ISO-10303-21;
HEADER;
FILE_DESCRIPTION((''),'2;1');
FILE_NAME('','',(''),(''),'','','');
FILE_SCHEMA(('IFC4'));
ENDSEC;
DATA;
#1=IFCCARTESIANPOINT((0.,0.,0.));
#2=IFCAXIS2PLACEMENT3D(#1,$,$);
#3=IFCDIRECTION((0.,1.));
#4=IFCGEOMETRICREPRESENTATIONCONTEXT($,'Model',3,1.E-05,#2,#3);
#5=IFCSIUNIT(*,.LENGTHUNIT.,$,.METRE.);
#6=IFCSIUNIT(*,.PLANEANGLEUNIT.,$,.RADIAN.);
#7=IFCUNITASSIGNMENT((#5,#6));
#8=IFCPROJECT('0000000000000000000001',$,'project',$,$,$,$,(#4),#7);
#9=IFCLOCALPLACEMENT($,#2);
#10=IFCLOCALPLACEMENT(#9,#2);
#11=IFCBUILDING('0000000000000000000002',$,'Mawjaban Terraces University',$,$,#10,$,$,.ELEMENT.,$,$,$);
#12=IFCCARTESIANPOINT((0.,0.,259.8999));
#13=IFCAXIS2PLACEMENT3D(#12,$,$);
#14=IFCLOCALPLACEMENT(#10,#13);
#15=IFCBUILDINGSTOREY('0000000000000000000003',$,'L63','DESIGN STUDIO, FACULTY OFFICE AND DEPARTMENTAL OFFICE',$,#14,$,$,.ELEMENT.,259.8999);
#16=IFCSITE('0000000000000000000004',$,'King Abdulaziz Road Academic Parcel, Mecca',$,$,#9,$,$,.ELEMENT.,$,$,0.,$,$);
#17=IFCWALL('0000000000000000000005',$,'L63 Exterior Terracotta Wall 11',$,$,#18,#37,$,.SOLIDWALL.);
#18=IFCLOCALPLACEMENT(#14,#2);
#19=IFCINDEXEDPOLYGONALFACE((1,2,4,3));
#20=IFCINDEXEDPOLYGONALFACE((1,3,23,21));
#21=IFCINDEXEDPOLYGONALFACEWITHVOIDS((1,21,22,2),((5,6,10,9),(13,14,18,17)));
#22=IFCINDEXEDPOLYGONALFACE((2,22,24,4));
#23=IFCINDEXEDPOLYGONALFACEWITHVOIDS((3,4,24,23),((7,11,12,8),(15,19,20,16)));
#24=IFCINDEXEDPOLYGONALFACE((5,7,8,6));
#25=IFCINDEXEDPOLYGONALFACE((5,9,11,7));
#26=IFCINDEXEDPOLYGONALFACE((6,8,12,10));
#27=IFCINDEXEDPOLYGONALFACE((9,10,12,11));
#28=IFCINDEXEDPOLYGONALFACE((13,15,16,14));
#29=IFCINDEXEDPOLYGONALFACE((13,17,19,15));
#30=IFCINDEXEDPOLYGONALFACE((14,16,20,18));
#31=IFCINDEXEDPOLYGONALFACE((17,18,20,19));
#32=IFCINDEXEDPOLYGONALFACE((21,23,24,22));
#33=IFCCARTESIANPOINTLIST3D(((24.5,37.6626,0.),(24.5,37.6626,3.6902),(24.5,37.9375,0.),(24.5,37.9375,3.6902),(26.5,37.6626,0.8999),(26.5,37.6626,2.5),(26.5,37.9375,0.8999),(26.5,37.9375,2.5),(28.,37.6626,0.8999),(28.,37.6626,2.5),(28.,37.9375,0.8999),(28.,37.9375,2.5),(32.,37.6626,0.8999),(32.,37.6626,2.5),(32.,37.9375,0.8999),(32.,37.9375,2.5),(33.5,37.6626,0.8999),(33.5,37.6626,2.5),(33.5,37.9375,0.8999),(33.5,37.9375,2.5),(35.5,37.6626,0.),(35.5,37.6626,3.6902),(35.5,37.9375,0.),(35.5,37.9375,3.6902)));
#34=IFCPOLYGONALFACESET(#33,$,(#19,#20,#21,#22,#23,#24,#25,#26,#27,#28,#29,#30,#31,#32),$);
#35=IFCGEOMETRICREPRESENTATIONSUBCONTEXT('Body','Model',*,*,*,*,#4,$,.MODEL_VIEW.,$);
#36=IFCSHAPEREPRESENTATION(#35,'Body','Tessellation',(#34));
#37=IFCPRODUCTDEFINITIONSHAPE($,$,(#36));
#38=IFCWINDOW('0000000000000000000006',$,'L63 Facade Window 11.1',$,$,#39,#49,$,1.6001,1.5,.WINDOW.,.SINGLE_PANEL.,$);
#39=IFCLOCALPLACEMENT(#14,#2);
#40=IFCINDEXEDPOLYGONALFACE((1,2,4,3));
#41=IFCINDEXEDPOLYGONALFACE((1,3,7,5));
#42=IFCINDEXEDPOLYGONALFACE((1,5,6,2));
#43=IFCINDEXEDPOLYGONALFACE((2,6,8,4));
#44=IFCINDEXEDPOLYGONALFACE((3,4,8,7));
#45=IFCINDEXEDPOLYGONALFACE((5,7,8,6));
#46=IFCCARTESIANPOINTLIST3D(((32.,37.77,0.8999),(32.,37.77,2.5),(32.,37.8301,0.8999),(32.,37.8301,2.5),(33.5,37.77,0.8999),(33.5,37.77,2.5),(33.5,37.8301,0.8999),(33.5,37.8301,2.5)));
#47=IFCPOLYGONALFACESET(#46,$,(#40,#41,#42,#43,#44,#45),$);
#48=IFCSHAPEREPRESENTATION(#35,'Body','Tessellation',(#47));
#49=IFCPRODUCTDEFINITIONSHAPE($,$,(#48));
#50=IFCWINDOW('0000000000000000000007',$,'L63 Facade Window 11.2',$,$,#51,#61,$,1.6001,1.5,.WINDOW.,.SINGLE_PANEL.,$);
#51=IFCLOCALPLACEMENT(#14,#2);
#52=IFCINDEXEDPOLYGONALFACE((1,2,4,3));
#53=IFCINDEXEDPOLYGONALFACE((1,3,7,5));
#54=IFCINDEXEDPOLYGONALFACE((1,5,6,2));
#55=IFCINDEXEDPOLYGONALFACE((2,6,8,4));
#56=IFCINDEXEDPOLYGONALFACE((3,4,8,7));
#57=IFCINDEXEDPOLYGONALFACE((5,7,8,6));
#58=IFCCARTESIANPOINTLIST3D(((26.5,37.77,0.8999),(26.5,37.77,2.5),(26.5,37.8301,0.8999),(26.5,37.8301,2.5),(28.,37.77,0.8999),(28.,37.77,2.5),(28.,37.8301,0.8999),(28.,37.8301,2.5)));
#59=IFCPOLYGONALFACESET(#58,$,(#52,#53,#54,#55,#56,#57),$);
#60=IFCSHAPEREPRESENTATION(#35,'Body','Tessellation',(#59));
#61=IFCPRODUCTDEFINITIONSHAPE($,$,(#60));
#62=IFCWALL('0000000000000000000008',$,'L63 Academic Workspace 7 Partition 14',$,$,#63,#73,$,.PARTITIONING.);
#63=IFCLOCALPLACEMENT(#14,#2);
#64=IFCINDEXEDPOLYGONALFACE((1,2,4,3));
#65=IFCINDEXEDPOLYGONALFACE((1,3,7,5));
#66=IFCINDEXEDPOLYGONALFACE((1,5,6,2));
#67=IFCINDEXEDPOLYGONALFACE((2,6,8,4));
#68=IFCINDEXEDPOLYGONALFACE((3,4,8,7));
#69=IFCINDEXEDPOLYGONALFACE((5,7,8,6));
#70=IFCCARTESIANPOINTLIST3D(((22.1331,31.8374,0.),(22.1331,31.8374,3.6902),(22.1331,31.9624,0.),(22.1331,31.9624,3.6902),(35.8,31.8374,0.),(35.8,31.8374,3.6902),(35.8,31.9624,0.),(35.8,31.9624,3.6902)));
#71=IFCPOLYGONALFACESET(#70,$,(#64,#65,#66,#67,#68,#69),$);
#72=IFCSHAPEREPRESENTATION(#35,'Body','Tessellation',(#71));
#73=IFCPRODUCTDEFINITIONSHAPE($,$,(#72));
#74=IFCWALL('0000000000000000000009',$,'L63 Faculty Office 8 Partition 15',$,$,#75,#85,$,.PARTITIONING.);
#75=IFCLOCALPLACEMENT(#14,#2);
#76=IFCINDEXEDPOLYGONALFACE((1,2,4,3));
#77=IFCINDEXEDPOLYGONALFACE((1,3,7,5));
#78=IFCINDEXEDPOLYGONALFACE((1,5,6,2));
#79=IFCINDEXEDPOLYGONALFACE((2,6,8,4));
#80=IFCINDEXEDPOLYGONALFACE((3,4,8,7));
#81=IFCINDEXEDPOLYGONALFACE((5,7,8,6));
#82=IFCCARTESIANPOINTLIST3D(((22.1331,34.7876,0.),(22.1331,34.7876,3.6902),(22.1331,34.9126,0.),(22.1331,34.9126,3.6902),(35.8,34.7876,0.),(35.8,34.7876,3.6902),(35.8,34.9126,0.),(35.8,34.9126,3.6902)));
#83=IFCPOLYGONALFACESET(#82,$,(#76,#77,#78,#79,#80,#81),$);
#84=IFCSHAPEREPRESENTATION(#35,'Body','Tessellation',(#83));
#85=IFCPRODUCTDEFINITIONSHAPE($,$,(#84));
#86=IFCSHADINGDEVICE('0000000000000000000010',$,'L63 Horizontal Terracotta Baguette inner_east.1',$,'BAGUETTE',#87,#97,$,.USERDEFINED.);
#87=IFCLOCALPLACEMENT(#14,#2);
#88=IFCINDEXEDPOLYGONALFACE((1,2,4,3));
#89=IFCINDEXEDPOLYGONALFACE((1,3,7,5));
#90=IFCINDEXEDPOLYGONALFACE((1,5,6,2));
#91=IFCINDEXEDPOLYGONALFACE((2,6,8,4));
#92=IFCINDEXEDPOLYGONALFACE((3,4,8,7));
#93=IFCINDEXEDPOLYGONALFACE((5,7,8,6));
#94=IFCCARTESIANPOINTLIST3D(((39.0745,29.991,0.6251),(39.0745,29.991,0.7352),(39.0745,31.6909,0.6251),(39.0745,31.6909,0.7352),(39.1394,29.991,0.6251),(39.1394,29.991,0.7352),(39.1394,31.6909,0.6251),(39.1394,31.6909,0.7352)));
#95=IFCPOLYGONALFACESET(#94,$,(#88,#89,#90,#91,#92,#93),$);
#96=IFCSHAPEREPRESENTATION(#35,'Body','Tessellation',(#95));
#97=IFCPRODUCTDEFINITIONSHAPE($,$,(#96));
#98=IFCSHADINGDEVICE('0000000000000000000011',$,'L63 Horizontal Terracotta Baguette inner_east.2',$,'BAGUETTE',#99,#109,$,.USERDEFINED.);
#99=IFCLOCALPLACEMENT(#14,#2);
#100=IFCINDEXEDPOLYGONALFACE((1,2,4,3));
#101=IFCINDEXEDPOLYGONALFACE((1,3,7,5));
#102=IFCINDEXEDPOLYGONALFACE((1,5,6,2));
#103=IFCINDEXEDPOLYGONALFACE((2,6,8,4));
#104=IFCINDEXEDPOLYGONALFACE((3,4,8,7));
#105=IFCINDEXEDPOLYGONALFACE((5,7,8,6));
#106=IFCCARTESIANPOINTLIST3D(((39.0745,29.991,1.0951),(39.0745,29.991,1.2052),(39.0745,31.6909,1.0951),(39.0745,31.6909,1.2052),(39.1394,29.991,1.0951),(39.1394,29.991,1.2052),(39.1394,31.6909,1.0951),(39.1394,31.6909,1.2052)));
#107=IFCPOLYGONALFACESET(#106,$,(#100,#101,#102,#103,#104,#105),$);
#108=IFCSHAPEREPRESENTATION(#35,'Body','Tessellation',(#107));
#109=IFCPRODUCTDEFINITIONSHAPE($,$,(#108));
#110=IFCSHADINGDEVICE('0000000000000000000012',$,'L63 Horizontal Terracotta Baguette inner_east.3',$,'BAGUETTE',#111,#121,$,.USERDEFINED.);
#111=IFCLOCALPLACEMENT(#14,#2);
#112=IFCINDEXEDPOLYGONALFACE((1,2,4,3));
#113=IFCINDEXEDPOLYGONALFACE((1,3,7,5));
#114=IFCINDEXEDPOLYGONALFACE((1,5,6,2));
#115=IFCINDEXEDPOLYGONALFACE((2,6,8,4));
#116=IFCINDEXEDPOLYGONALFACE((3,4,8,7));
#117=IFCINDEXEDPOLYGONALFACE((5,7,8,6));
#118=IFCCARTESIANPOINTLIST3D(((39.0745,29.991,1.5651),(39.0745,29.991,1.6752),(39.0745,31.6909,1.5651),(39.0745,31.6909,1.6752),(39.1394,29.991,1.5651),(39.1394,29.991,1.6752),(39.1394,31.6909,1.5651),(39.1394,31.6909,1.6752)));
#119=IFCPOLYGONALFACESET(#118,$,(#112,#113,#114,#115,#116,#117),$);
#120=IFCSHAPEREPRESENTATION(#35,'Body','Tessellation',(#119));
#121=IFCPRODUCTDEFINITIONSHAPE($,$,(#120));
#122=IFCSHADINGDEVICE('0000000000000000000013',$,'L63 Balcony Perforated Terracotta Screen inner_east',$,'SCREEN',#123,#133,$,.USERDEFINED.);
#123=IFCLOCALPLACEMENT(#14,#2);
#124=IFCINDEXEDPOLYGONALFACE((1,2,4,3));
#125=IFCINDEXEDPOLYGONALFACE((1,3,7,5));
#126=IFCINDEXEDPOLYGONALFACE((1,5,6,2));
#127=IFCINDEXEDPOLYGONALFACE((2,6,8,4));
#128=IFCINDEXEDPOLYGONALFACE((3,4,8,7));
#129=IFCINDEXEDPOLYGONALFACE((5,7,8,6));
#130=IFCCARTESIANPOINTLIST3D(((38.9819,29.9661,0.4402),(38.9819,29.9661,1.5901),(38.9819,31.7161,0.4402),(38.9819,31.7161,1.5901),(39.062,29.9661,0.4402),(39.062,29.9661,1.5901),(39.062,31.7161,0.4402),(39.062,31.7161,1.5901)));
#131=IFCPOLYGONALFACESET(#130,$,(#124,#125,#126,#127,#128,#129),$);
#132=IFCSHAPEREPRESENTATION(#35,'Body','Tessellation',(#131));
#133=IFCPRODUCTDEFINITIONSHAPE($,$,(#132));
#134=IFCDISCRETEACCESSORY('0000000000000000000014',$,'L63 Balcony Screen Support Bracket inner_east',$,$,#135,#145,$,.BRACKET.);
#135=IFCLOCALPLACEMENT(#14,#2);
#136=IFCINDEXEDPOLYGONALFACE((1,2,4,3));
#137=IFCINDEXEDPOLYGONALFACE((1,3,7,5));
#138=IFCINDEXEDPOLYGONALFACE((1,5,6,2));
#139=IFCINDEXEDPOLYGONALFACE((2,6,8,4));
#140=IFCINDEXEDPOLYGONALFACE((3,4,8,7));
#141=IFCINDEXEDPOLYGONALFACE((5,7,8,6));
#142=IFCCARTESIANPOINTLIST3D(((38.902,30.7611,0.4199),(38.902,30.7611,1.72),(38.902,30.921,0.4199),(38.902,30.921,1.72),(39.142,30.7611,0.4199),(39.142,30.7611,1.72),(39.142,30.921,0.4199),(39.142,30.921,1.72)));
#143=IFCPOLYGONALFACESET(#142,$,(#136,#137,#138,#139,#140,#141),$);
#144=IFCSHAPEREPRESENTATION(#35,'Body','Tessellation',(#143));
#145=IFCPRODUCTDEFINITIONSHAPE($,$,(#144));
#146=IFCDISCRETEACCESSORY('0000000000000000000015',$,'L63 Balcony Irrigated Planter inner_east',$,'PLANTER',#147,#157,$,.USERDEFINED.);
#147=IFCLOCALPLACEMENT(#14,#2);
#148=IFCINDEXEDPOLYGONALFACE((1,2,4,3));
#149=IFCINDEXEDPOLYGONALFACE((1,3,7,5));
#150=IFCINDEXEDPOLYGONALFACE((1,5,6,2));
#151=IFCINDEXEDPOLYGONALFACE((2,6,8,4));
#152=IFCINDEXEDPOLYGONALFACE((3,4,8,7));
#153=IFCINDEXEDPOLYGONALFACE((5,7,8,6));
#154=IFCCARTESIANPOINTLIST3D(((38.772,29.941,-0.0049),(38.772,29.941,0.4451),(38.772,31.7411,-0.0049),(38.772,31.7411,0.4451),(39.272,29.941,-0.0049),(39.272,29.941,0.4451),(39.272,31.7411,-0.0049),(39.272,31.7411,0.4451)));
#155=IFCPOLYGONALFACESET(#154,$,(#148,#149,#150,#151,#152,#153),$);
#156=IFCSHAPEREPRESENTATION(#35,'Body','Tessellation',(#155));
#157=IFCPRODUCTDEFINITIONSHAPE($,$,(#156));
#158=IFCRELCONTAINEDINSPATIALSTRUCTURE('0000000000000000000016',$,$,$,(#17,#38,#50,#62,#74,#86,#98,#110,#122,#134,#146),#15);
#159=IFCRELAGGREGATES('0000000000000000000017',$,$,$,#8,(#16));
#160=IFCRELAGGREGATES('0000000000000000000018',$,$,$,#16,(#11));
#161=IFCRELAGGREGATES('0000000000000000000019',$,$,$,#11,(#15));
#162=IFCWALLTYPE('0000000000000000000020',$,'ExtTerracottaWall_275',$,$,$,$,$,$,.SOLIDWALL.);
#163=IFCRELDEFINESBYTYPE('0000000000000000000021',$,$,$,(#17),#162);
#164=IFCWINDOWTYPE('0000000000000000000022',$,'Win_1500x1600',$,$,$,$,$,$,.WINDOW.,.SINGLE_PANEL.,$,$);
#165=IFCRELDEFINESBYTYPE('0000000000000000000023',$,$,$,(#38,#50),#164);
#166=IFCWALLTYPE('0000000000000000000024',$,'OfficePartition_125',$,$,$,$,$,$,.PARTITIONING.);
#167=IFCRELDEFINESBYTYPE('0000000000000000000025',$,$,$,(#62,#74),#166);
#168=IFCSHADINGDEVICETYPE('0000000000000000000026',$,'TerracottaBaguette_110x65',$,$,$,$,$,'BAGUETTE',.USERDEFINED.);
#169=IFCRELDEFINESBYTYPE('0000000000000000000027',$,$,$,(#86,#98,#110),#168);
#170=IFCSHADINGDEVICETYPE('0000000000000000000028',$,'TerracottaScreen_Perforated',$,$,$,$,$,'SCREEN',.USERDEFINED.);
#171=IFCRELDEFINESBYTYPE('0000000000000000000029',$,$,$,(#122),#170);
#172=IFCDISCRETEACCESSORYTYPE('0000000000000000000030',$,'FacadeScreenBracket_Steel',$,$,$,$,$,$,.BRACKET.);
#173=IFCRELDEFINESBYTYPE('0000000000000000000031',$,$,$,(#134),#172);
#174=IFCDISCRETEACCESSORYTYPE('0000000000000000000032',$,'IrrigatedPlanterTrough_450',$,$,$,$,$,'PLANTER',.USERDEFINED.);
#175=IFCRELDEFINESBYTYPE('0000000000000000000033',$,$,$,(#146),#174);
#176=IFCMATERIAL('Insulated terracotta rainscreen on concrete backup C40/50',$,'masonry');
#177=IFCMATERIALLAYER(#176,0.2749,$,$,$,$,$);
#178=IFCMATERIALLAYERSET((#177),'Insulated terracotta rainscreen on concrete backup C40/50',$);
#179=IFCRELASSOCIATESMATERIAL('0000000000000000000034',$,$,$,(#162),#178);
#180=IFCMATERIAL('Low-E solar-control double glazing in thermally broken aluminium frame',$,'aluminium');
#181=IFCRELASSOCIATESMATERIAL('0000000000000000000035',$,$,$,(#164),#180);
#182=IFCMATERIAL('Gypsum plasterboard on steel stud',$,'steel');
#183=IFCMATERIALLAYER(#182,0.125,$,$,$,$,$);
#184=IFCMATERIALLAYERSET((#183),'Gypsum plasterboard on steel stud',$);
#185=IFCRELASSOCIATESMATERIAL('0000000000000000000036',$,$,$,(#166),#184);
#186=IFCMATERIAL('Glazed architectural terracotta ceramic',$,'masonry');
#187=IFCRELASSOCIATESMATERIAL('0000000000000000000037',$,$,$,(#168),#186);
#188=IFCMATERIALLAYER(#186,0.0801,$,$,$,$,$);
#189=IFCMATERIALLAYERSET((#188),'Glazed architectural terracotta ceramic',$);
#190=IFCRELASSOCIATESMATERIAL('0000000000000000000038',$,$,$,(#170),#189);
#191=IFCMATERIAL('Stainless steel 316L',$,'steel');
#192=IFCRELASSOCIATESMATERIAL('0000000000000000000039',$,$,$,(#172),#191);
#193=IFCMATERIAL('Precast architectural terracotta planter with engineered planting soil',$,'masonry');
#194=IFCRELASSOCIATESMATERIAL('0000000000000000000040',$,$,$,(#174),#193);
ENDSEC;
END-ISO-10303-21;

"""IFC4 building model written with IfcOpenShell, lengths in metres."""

from ifc_helpers import new_model, si_unit, direction, frame, frame_2d, origin, origin_2d, place, context, subcontext, project, spatial, rectangle, extrude, material, layer, layer_set, material_profile, profile_set, type_object, element, fill, save


model = new_model("IFC4")

# Units and contexts
model_context = context("Model", 3, precision=1e-05, world=origin(), true_north=direction((0.0, 1.0)))
body_context = subcontext(model_context, "Body", "Model", "MODEL_VIEW")
ifc_project = project(units=[si_unit("LENGTHUNIT", "METRE"), si_unit("PLANEANGLEUNIT", "RADIAN")], contexts=[model_context])

# Site, building, storey
site_placement = place(None, origin())
site = spatial("IfcSite", under=ifc_project, at=site_placement, Name="King Abdulaziz Road Academic Parcel, Mecca", CompositionType="ELEMENT", RefElevation=0.0)
building_placement = place(site_placement, origin())
building = spatial("IfcBuilding", under=site, at=building_placement, Name="Mawjaban Terraces University", CompositionType="ELEMENT")
storey_placement = place(building_placement, frame((0.0, 0.0, 259.8999)))
storey = spatial("IfcBuildingStorey", under=building, at=storey_placement, Name="L63", Description="DESIGN STUDIO, FACULTY OFFICE AND DEPARTMENTAL OFFICE", CompositionType="ELEMENT", Elevation=259.8999)

# Shared definitions
ifc_material_1 = material(Name="Insulated terracotta rainscreen on concrete backup C40/50", Category="masonry")
ifc_layer_1 = layer(ifc_material_1, 0.2749)
ifc_layer_set_1 = layer_set([ifc_layer_1], Name="Insulated terracotta rainscreen on concrete backup C40/50")
wall_type_1 = type_object("IfcWallType", Name="ExtTerracottaWall_275", PredefinedType="SOLIDWALL", material=ifc_layer_set_1)

# Wall, openings, windows
wall_1_placement = place(storey_placement, frame((35.5, 37.8, 0.0), z_axis=(0.0, 0.0, 1.0), x_axis=(-1.0, 0.0, 0.0)))
wall_1 = element("IfcWall", 1, at=wall_1_placement, inside=storey, type_object=wall_type_1, Name="L63 Exterior Terracotta Wall 11", PredefinedType="SOLIDWALL", context=body_context, shape_type="SweptSolid", body=[
    extrude(rectangle(XDim=11.0, YDim=0.2749, at=frame_2d((5.5, 0.0))), origin(), (0.0, 0.0, 1.0), 3.6902),
])
opening_1_placement = place(wall_1_placement, frame((2.0, 0.0, 0.8999)))
opening_1 = element("IfcOpeningElement", 2, at=opening_1_placement, cuts=wall_1, PredefinedType="OPENING", context=body_context, shape_type="SweptSolid", body=[
    extrude(rectangle(XDim=1.5, YDim=1.6001, at=frame_2d((0.75, 0.8))), frame((0.0, 0.1475, 0.0), z_axis=(0.0, -1.0, 0.0), x_axis=(1.0, 0.0, 0.0)), (0.0, 0.0, 1.0), 0.2949),
])
opening_2_placement = place(wall_1_placement, frame((7.5, 0.0, 0.8999)))
opening_2 = element("IfcOpeningElement", 3, at=opening_2_placement, cuts=wall_1, PredefinedType="OPENING", context=body_context, shape_type="SweptSolid", body=[
    extrude(rectangle(XDim=1.5, YDim=1.6001, at=frame_2d((0.75, 0.8))), frame((0.0, 0.1475, 0.0), z_axis=(0.0, -1.0, 0.0), x_axis=(1.0, 0.0, 0.0)), (0.0, 0.0, 1.0), 0.2949),
])
ifc_material_2 = material(Name="Low-E solar-control double glazing in thermally broken aluminium frame", Category="aluminium")
window_type = type_object("IfcWindowType", Name="Win_1500x1600", PartitioningType="SINGLE_PANEL", PredefinedType="WINDOW", material=ifc_material_2)
window_1_placement = place(opening_1_placement, origin())
window_1 = element("IfcWindow", 4, at=window_1_placement, inside=storey, type_object=window_type, Name="L63 Facade Window 11.1", OverallHeight=1.6001, OverallWidth=1.5, PartitioningType="SINGLE_PANEL", PredefinedType="WINDOW", context=body_context, shape_type="SweptSolid", body=[
    extrude(rectangle(XDim=1.5, YDim=1.6001, at=frame_2d((0.75, 0.8))), frame((0.0, 0.03, 0.0), z_axis=(0.0, -1.0, 0.0), x_axis=(1.0, 0.0, 0.0)), (0.0, 0.0, 1.0), 0.0601),
])
fill(opening_1, window_1)
window_2_placement = place(opening_2_placement, origin())
window_2 = element("IfcWindow", 5, at=window_2_placement, inside=storey, type_object=window_type, Name="L63 Facade Window 11.2", OverallHeight=1.6001, OverallWidth=1.5, PartitioningType="SINGLE_PANEL", PredefinedType="WINDOW", context=body_context, shape_type="SweptSolid", body=[
    extrude(rectangle(XDim=1.5, YDim=1.6001, at=frame_2d((0.75, 0.8))), frame((0.0, 0.03, 0.0), z_axis=(0.0, -1.0, 0.0), x_axis=(1.0, 0.0, 0.0)), (0.0, 0.0, 1.0), 0.0601),
])
fill(opening_2, window_2)

# Walls
ifc_material_3 = material(Name="Gypsum plasterboard on steel stud", Category="steel")
ifc_layer_2 = layer(ifc_material_3, 0.125)
ifc_layer_set_2 = layer_set([ifc_layer_2], Name="Gypsum plasterboard on steel stud")
wall_type_2 = type_object("IfcWallType", Name="OfficePartition_125", PredefinedType="PARTITIONING", material=ifc_layer_set_2)
for number, where, z_axis, x_axis, name in (
    (6, (35.8, 31.8999, 0.0), (0.0, 0.0, 1.0), (-1.0, 0.0, 0.0), "L63 Academic Workspace 7 Partition 14"),
    (7, (35.8, 34.8501, 0.0), (0.0, 0.0, 1.0), (-1.0, 0.0, 0.0), "L63 Faculty Office 8 Partition 15"),
):
    element("IfcWall", number, at=place(storey_placement, frame(where, z_axis=z_axis, x_axis=x_axis)), inside=storey, type_object=wall_type_2, Name=name, PredefinedType="PARTITIONING", context=body_context, shape_type="SweptSolid", body=[
        extrude(rectangle(XDim=13.667, YDim=0.125, at=frame_2d((6.8335, 0.0))), origin(), (0.0, 0.0, 1.0), 3.6902),
    ])

# Shading devices
ifc_material_4 = material(Name="Glazed architectural terracotta ceramic", Category="masonry")
ifc_material_profile_1 = material_profile(ifc_material_4, rectangle(XDim=0.0649, YDim=0.1101, at=origin_2d()), Name="TBAG110X65")
ifc_profile_set_1 = profile_set([ifc_material_profile_1], Name="Glazed architectural terracotta ceramic")
shading_device_type_1 = type_object("IfcShadingDeviceType", Name="TerracottaBaguette_110x65", ElementType="BAGUETTE", PredefinedType="USERDEFINED", material=ifc_profile_set_1)
for number, where, z_axis, x_axis, name in (
    (8, (39.1069, 29.991, 0.6802), (0.0, 1.0, 0.0), (-1.0, 0.0, 0.0), "L63 Horizontal Terracotta Baguette inner_east.1"),
    (9, (39.1069, 29.991, 1.1501), (0.0, 1.0, 0.0), (-1.0, 0.0, 0.0), "L63 Horizontal Terracotta Baguette inner_east.2"),
    (10, (39.1069, 29.991, 1.6201), (0.0, 1.0, 0.0), (-1.0, 0.0, 0.0), "L63 Horizontal Terracotta Baguette inner_east.3"),
):
    element("IfcShadingDevice", number, at=place(storey_placement, frame(where, z_axis=z_axis, x_axis=x_axis)), inside=storey, type_object=shading_device_type_1, Name=name, ObjectType="BAGUETTE", PredefinedType="USERDEFINED", context=body_context, shape_type="SweptSolid", body=[
        extrude(rectangle(XDim=0.0649, YDim=0.1101, at=origin_2d()), origin(), (0.0, 0.0, 1.0), 1.7),
    ])
ifc_layer_3 = layer(ifc_material_4, 0.0801)
ifc_layer_set_3 = layer_set([ifc_layer_3], Name="Glazed architectural terracotta ceramic")
shading_device_type_2 = type_object("IfcShadingDeviceType", Name="TerracottaScreen_Perforated", ElementType="SCREEN", PredefinedType="USERDEFINED", material=ifc_layer_set_3)
shading_device_placement = place(storey_placement, frame((39.022, 30.8411, 0.4402), z_axis=(0.0, 0.0, 1.0), x_axis=(0.0, 1.0, 0.0)))
element("IfcShadingDevice", 11, at=shading_device_placement, inside=storey, type_object=shading_device_type_2, Name="L63 Balcony Perforated Terracotta Screen inner_east", ObjectType="SCREEN", PredefinedType="USERDEFINED", context=body_context, shape_type="SweptSolid", body=[
    extrude(rectangle(XDim=1.75, YDim=0.0801, at=origin_2d()), origin(), (0.0, 0.0, 1.0), 1.1499),
])

# Discrete accessories
ifc_material_5 = material(Name="Stainless steel 316L", Category="steel")
discrete_accessory_type_1 = type_object("IfcDiscreteAccessoryType", Name="FacadeScreenBracket_Steel", PredefinedType="BRACKET", material=ifc_material_5)
discrete_accessory_1_placement = place(storey_placement, frame((39.022, 30.8411, 0.4199), z_axis=(0.0, 0.0, 1.0), x_axis=(0.0, 1.0, 0.0)))
element("IfcDiscreteAccessory", 12, at=discrete_accessory_1_placement, inside=storey, type_object=discrete_accessory_type_1, Name="L63 Balcony Screen Support Bracket inner_east", PredefinedType="BRACKET", context=body_context, shape_type="SweptSolid", body=[
    extrude(rectangle(XDim=0.1599, YDim=0.24, at=origin_2d()), origin(), (0.0, 0.0, 1.0), 1.3),
])
ifc_material_6 = material(Name="Precast architectural terracotta planter with engineered planting soil", Category="masonry")
discrete_accessory_type_2 = type_object("IfcDiscreteAccessoryType", Name="IrrigatedPlanterTrough_450", ElementType="PLANTER", PredefinedType="USERDEFINED", material=ifc_material_6)
discrete_accessory_2_placement = place(storey_placement, frame((39.022, 30.8411, -0.0049), z_axis=(0.0, 0.0, 1.0), x_axis=(0.0, 1.0, 0.0)))
element("IfcDiscreteAccessory", 13, at=discrete_accessory_2_placement, inside=storey, type_object=discrete_accessory_type_2, Name="L63 Balcony Irrigated Planter inner_east", ObjectType="PLANTER", PredefinedType="USERDEFINED", context=body_context, shape_type="SweptSolid", body=[
    extrude(rectangle(XDim=1.8, YDim=0.5, at=origin_2d()), origin(), (0.0, 0.0, 1.0), 0.45),
])

save(model, "model.ifc")
